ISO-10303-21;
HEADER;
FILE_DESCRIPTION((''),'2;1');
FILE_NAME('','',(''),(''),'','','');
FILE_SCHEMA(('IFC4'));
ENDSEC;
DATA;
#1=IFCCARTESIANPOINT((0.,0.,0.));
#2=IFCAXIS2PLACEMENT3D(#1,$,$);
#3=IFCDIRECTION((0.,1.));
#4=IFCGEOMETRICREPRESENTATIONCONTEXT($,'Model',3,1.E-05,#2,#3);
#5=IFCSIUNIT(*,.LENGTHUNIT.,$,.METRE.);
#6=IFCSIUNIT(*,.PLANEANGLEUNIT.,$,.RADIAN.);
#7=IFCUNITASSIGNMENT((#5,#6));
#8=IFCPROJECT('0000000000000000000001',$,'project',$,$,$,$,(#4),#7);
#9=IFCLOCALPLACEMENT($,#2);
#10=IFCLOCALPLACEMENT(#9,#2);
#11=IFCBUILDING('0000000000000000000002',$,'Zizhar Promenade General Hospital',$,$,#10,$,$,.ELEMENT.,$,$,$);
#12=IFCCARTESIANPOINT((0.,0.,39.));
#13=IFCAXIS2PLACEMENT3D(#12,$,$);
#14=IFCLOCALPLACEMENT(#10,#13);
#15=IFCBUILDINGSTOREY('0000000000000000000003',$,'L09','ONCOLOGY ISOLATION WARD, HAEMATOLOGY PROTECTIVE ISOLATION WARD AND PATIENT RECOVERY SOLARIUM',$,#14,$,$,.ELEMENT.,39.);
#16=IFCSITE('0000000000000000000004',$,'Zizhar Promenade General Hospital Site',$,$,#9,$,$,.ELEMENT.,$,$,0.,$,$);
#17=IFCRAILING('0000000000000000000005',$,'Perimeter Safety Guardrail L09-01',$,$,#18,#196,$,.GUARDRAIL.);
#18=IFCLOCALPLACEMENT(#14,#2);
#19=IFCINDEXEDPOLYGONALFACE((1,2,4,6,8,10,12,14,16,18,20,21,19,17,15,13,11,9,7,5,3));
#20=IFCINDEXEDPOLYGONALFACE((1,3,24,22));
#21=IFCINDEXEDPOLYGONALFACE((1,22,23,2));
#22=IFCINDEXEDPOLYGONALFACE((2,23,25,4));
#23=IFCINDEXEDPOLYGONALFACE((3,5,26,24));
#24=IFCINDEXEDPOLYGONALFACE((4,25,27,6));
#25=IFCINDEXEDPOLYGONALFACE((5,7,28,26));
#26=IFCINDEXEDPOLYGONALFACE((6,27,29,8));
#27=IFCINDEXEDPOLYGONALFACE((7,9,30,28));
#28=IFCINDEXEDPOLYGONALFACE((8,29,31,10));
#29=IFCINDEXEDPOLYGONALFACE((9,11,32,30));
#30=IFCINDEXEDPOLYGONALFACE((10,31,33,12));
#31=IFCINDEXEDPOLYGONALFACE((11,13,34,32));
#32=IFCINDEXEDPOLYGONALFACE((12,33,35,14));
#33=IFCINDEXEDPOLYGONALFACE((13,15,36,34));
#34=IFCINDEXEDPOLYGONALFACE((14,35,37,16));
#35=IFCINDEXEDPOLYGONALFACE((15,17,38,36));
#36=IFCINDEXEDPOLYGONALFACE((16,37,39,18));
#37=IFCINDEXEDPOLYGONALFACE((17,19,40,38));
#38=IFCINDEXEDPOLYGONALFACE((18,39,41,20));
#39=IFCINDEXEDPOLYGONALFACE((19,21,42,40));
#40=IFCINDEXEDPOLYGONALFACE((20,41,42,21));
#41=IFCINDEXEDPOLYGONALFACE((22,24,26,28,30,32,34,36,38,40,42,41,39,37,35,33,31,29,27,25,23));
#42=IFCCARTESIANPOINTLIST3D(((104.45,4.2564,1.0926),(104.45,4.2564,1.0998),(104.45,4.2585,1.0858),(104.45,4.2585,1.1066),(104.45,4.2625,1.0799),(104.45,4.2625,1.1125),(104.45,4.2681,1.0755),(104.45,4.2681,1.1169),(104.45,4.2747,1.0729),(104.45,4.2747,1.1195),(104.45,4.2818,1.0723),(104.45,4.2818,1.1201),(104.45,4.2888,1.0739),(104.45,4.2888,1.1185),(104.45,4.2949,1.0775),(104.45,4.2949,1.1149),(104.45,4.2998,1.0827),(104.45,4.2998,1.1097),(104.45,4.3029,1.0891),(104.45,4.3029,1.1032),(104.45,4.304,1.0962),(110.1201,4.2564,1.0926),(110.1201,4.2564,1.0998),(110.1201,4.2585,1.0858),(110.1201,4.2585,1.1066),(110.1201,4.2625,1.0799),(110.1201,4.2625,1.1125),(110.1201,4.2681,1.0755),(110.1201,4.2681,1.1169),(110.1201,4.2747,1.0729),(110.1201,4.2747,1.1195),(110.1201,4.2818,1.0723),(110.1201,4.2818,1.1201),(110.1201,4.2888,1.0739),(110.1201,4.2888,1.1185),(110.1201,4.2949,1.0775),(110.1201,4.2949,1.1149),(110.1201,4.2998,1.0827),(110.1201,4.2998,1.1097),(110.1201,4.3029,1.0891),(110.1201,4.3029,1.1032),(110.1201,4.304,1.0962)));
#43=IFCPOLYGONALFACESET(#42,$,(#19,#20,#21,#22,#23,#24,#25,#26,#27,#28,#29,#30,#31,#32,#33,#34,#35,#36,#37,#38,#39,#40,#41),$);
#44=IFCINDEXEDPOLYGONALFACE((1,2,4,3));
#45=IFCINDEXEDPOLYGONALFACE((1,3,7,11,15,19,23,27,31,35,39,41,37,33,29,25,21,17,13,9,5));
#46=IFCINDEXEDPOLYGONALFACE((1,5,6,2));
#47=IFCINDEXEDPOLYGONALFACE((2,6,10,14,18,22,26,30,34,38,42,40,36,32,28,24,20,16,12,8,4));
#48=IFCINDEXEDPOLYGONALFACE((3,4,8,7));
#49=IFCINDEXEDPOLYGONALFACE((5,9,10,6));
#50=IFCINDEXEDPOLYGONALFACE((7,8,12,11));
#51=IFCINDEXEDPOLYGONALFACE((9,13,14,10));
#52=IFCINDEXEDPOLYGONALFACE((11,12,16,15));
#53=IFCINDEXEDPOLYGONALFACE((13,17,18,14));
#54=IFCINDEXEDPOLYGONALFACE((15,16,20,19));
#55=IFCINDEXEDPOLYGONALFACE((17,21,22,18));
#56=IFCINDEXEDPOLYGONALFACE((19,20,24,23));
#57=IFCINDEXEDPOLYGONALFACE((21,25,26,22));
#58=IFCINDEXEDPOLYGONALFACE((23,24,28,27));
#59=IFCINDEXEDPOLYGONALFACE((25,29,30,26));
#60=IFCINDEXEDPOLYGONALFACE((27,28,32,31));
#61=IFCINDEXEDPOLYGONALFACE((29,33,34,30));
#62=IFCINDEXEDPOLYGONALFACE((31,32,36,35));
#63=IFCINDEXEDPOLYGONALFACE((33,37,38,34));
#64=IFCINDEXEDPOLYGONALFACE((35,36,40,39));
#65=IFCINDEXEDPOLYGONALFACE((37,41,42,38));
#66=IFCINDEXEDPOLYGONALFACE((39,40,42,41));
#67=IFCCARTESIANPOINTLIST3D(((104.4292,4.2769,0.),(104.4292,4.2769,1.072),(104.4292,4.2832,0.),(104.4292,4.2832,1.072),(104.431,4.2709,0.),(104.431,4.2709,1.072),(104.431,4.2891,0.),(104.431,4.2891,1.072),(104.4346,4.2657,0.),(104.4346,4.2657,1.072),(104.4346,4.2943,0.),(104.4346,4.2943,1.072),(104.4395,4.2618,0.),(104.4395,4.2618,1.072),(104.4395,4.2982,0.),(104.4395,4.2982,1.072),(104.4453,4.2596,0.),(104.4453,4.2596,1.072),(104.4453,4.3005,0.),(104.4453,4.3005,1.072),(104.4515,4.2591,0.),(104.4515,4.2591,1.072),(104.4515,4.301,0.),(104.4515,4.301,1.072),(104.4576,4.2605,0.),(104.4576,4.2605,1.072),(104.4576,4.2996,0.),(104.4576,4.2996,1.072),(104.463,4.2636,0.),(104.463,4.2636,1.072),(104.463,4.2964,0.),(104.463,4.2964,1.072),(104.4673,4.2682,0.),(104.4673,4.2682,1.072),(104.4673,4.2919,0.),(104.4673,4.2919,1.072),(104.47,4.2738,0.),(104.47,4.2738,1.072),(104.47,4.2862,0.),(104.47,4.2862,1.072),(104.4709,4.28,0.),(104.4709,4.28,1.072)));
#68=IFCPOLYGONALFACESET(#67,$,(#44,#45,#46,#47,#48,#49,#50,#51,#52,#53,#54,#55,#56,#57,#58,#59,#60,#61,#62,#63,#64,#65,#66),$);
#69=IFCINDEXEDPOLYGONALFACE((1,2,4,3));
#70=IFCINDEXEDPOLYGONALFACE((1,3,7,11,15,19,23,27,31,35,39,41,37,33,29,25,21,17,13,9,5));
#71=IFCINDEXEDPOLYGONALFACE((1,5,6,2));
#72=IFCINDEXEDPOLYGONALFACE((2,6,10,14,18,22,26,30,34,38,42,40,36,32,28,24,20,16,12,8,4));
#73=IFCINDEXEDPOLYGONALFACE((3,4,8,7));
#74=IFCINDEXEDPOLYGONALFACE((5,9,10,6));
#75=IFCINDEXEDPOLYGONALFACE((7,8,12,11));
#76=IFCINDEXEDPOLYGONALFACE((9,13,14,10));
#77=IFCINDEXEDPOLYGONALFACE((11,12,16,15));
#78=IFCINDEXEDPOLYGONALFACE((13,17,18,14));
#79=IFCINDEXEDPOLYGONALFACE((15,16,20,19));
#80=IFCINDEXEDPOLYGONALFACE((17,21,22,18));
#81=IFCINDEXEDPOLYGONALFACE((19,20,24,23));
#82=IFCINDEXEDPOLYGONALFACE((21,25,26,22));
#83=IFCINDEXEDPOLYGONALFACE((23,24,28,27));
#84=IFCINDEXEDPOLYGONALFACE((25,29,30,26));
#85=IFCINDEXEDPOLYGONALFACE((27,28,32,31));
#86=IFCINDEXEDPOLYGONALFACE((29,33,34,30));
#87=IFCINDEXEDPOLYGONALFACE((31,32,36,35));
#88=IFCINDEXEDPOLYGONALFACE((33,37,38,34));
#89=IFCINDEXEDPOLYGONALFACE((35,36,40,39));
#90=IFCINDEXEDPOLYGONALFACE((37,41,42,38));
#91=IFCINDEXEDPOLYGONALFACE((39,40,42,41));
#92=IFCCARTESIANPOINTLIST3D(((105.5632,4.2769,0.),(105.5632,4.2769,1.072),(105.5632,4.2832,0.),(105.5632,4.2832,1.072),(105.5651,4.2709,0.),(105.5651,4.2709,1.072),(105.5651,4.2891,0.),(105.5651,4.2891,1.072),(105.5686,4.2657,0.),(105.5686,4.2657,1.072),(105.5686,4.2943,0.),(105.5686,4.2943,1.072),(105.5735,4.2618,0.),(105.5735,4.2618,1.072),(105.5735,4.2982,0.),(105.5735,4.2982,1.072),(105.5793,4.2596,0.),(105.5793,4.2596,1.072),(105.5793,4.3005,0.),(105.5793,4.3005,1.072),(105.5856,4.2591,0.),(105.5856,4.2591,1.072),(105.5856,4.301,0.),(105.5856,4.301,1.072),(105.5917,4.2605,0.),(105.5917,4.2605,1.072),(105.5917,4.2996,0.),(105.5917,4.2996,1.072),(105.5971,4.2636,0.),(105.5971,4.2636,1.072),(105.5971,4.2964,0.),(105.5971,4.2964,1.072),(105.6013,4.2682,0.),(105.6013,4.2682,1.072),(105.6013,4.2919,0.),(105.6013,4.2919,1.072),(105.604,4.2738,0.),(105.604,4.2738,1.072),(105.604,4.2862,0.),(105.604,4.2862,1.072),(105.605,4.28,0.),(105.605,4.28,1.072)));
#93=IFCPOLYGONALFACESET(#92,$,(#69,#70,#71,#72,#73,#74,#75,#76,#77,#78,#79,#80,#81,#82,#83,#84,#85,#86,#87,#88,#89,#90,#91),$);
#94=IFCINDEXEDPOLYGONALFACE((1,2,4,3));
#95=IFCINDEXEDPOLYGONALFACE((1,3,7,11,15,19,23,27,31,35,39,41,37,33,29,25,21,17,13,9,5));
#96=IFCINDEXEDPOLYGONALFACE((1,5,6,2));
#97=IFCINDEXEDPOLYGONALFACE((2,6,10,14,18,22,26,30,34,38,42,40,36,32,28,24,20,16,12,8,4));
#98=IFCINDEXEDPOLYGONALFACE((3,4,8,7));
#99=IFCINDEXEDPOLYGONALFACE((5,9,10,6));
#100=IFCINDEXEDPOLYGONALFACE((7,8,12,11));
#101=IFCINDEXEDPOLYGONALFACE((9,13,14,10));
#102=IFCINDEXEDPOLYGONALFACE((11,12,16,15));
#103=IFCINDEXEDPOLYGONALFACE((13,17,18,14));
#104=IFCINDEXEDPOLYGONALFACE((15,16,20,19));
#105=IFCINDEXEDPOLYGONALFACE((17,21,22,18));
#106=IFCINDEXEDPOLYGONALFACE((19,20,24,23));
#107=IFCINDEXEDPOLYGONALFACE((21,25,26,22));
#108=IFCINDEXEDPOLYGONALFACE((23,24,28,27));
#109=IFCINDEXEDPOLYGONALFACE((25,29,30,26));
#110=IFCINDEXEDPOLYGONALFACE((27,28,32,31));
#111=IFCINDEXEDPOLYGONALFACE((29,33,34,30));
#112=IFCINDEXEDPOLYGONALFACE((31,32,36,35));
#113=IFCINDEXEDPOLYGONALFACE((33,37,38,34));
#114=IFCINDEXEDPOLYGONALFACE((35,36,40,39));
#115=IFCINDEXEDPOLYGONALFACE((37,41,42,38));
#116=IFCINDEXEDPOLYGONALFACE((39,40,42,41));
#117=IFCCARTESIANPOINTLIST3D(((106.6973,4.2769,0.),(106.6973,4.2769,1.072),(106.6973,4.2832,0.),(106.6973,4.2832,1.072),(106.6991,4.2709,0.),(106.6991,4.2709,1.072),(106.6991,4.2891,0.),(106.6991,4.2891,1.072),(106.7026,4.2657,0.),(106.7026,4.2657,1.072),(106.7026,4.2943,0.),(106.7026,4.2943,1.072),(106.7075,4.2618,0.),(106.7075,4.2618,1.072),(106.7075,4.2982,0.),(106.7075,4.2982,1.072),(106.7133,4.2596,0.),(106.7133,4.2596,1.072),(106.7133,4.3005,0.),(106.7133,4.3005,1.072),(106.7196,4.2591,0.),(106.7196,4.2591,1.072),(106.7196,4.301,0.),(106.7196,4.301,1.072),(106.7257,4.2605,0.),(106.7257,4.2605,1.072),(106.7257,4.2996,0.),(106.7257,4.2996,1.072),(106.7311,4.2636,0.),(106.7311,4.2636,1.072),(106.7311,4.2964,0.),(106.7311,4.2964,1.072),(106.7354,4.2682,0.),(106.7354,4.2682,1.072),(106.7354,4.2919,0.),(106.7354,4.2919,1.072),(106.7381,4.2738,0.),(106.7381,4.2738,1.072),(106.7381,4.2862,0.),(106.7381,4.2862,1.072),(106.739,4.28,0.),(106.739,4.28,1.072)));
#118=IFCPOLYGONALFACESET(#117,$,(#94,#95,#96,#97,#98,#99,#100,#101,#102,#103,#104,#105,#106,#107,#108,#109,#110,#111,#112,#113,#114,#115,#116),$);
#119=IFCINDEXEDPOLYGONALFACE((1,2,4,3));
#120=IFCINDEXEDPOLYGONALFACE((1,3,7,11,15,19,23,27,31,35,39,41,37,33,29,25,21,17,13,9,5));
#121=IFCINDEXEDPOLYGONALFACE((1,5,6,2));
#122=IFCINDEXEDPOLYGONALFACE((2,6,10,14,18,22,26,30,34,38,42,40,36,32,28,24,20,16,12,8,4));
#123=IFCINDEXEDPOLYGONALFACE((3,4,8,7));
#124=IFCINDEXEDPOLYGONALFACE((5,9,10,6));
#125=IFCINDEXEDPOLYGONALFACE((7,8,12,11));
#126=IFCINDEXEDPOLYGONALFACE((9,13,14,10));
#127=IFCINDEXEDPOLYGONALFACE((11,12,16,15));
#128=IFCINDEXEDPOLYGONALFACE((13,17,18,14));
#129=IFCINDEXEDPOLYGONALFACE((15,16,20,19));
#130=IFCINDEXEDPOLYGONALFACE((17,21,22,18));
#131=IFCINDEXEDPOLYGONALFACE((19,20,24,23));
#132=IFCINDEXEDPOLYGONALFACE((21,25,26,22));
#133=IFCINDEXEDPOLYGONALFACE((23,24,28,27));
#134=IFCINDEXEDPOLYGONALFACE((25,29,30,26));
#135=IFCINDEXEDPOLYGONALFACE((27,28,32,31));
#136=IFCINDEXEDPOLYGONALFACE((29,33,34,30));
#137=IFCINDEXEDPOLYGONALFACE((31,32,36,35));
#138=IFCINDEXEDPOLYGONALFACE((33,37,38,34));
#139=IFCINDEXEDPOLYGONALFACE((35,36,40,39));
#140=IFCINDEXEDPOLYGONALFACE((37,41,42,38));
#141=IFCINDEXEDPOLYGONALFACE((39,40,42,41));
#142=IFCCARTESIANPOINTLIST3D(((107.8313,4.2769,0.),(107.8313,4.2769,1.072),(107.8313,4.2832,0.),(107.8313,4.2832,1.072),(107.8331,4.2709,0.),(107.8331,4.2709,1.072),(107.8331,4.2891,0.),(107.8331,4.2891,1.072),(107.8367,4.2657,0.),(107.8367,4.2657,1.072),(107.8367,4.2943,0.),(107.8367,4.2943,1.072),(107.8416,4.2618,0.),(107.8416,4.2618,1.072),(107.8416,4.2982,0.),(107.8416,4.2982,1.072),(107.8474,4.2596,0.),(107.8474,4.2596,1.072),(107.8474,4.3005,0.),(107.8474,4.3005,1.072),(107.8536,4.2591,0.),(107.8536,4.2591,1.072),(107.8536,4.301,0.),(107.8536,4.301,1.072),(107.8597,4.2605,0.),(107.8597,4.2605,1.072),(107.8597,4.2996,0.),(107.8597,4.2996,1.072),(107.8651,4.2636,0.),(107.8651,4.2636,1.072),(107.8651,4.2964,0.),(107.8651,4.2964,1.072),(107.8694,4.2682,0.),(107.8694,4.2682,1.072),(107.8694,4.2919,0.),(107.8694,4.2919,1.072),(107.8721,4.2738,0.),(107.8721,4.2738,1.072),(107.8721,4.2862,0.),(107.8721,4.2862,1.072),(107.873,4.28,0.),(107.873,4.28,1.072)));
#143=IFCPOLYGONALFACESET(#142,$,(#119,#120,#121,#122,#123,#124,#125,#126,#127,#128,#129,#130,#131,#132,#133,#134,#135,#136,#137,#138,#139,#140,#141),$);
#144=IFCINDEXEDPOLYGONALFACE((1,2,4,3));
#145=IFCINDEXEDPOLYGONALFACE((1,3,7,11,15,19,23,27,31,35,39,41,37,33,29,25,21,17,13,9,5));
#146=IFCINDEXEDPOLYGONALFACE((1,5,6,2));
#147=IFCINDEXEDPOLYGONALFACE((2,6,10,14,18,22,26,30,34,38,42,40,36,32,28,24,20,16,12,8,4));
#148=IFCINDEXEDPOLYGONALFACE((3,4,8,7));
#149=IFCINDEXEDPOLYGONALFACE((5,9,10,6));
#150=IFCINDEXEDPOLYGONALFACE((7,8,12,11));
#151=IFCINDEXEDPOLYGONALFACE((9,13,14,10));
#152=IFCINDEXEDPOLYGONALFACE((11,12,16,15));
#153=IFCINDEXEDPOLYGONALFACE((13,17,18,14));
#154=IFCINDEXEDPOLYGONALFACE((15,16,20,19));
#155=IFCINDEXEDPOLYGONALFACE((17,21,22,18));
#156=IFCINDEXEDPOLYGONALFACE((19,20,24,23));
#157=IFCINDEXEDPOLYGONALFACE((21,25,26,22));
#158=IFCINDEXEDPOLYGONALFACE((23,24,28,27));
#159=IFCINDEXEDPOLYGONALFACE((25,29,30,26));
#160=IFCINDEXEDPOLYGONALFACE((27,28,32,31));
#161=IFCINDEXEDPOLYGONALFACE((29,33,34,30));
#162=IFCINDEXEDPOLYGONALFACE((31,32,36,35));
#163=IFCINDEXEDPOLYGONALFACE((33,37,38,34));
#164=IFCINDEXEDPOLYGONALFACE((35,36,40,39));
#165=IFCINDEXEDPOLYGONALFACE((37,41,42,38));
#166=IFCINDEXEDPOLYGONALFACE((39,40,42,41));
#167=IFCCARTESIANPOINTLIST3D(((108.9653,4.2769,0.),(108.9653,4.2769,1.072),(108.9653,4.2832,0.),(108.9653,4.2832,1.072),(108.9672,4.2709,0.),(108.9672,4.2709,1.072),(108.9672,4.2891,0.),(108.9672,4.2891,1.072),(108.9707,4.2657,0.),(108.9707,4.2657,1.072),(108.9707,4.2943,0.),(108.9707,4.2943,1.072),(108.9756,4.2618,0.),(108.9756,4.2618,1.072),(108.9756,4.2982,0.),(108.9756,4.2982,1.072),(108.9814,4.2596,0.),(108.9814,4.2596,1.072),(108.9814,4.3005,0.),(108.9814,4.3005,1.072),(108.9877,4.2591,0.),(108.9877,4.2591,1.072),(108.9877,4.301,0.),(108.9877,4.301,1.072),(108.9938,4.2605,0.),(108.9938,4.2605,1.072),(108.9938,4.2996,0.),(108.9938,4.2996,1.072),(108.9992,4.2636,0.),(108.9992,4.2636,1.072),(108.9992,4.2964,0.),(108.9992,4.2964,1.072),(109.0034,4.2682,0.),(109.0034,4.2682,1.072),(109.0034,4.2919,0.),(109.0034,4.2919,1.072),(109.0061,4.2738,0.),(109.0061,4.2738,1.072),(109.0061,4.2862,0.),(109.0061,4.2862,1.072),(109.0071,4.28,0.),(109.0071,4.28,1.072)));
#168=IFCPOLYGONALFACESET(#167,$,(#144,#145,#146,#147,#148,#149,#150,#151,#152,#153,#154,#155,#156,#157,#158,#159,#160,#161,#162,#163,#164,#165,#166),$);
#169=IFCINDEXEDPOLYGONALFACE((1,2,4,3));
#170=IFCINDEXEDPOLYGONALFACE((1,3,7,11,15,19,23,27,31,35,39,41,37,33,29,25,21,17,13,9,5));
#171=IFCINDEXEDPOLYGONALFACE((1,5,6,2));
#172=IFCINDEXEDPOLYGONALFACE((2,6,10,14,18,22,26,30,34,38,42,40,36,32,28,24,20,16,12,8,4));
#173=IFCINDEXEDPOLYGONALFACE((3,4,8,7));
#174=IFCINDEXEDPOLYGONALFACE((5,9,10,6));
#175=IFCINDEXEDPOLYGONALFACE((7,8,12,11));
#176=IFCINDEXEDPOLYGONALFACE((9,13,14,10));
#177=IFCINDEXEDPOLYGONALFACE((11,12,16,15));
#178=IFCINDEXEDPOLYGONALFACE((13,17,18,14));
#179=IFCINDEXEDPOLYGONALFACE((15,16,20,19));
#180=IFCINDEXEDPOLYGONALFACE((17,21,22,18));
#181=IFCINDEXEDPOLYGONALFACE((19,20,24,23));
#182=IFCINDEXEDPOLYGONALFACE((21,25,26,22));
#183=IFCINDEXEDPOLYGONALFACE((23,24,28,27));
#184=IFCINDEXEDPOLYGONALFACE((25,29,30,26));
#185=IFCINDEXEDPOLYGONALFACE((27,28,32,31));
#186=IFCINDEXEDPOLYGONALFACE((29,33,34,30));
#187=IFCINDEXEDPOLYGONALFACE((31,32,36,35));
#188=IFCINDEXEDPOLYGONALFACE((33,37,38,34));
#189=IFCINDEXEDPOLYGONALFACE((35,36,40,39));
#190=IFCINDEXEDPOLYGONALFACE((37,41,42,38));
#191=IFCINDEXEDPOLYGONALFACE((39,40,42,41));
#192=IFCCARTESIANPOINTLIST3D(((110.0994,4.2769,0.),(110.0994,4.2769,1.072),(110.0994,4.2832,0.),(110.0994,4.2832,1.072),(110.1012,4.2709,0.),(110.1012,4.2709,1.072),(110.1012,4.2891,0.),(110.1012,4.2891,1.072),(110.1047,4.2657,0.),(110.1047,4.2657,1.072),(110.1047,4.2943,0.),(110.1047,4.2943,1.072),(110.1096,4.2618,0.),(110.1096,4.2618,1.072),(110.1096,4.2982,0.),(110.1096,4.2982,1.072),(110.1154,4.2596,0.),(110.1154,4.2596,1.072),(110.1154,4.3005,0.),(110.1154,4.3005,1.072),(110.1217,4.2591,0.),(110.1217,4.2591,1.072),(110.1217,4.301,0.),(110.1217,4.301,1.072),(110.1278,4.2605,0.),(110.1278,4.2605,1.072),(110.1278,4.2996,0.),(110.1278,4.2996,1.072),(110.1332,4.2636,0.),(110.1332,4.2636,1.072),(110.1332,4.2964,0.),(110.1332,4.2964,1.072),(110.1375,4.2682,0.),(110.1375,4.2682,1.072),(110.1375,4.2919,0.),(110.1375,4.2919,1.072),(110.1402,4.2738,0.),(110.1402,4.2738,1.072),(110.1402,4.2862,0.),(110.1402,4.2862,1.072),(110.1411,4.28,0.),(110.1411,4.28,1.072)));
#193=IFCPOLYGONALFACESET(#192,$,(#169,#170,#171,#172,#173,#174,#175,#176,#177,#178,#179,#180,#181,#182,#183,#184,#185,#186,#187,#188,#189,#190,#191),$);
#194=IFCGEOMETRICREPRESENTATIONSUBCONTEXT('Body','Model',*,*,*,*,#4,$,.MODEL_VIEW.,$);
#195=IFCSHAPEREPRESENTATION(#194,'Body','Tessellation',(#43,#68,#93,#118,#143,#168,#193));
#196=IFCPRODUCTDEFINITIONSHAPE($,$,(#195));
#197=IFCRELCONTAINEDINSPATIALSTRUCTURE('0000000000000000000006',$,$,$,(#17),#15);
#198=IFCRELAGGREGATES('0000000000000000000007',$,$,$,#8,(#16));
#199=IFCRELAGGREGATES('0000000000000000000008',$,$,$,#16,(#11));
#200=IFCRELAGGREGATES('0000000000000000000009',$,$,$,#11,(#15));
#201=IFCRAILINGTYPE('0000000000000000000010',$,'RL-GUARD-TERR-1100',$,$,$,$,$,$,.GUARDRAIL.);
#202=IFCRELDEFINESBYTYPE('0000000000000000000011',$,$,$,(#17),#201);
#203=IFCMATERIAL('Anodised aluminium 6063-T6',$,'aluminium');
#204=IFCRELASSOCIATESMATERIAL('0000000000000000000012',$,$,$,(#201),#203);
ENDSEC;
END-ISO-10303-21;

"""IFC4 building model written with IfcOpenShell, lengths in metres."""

from ifc_helpers import new_model, si_unit, direction, frame, origin, origin_2d, place, context, subcontext, project, spatial, circle, hollow_circle, extrude, material, material_profile, profile_set, type_object, element, save


model = new_model("IFC4")

# Units and contexts
model_context = context("Model", 3, precision=1e-05, world=origin(), true_north=direction((0.0, 1.0)))
body_context = subcontext(model_context, "Body", "Model", "MODEL_VIEW")
ifc_project = project(units=[si_unit("LENGTHUNIT", "METRE"), si_unit("PLANEANGLEUNIT", "RADIAN")], contexts=[model_context])

# Site, building, storey
site_placement = place(None, origin())
site = spatial("IfcSite", under=ifc_project, at=site_placement, Name="Zizhar Promenade General Hospital Site", CompositionType="ELEMENT", RefElevation=0.0)
building_placement = place(site_placement, origin())
building = spatial("IfcBuilding", under=site, at=building_placement, Name="Zizhar Promenade General Hospital", CompositionType="ELEMENT")
storey_placement = place(building_placement, frame((0.0, 0.0, 39.0)))
storey = spatial("IfcBuildingStorey", under=building, at=storey_placement, Name="L09", Description="ONCOLOGY ISOLATION WARD, HAEMATOLOGY PROTECTIVE ISOLATION WARD AND PATIENT RECOVERY SOLARIUM", CompositionType="ELEMENT", Elevation=39.0)

# Railing
ifc_material_1 = material(Name="Anodised aluminium 6063-T6", Category="aluminium")
ifc_material_profile_1 = material_profile(ifc_material_1, hollow_circle(Radius=0.0698, WallThickness=0.0063, at=origin_2d()))
ifc_profile_set_1 = profile_set([ifc_material_profile_1], Name="Anodised aluminium 6063-T6")
railing_type = type_object("IfcRailingType", Name="RL-GUARD-TERR-1100", PredefinedType="GUARDRAIL", material=ifc_profile_set_1)
railing_1_placement = place(storey_placement, frame((104.45, 4.28, 0.0)))
element("IfcRailing", 1, at=railing_1_placement, inside=storey, type_object=railing_type, Name="Perimeter Safety Guardrail L09-01", PredefinedType="GUARDRAIL", context=body_context, shape_type="SweptSolid", body=[
    extrude(circle(Radius=0.0239, at=origin_2d()), frame((0.0, 0.0, 1.0962), z_axis=(1.0, 0.0, 0.0), x_axis=(0.0, 1.0, 0.0)), (0.0, 0.0, 1.0), 5.6702),
    extrude(circle(Radius=0.021, at=origin_2d()), origin(), (0.0, 0.0, 1.0), 1.072),
    extrude(circle(Radius=0.021, at=origin_2d()), frame((1.134, 0.0, 0.0)), (0.0, 0.0, 1.0), 1.072),
    extrude(circle(Radius=0.021, at=origin_2d()), frame((2.2681, 0.0, 0.0)), (0.0, 0.0, 1.0), 1.072),
    extrude(circle(Radius=0.021, at=origin_2d()), frame((3.4021, 0.0, 0.0)), (0.0, 0.0, 1.0), 1.072),
    extrude(circle(Radius=0.021, at=origin_2d()), frame((4.5361, 0.0, 0.0)), (0.0, 0.0, 1.0), 1.072),
    extrude(circle(Radius=0.021, at=origin_2d()), frame((5.6702, 0.0, 0.0)), (0.0, 0.0, 1.0), 1.072),
])

save(model, "model.ifc")
